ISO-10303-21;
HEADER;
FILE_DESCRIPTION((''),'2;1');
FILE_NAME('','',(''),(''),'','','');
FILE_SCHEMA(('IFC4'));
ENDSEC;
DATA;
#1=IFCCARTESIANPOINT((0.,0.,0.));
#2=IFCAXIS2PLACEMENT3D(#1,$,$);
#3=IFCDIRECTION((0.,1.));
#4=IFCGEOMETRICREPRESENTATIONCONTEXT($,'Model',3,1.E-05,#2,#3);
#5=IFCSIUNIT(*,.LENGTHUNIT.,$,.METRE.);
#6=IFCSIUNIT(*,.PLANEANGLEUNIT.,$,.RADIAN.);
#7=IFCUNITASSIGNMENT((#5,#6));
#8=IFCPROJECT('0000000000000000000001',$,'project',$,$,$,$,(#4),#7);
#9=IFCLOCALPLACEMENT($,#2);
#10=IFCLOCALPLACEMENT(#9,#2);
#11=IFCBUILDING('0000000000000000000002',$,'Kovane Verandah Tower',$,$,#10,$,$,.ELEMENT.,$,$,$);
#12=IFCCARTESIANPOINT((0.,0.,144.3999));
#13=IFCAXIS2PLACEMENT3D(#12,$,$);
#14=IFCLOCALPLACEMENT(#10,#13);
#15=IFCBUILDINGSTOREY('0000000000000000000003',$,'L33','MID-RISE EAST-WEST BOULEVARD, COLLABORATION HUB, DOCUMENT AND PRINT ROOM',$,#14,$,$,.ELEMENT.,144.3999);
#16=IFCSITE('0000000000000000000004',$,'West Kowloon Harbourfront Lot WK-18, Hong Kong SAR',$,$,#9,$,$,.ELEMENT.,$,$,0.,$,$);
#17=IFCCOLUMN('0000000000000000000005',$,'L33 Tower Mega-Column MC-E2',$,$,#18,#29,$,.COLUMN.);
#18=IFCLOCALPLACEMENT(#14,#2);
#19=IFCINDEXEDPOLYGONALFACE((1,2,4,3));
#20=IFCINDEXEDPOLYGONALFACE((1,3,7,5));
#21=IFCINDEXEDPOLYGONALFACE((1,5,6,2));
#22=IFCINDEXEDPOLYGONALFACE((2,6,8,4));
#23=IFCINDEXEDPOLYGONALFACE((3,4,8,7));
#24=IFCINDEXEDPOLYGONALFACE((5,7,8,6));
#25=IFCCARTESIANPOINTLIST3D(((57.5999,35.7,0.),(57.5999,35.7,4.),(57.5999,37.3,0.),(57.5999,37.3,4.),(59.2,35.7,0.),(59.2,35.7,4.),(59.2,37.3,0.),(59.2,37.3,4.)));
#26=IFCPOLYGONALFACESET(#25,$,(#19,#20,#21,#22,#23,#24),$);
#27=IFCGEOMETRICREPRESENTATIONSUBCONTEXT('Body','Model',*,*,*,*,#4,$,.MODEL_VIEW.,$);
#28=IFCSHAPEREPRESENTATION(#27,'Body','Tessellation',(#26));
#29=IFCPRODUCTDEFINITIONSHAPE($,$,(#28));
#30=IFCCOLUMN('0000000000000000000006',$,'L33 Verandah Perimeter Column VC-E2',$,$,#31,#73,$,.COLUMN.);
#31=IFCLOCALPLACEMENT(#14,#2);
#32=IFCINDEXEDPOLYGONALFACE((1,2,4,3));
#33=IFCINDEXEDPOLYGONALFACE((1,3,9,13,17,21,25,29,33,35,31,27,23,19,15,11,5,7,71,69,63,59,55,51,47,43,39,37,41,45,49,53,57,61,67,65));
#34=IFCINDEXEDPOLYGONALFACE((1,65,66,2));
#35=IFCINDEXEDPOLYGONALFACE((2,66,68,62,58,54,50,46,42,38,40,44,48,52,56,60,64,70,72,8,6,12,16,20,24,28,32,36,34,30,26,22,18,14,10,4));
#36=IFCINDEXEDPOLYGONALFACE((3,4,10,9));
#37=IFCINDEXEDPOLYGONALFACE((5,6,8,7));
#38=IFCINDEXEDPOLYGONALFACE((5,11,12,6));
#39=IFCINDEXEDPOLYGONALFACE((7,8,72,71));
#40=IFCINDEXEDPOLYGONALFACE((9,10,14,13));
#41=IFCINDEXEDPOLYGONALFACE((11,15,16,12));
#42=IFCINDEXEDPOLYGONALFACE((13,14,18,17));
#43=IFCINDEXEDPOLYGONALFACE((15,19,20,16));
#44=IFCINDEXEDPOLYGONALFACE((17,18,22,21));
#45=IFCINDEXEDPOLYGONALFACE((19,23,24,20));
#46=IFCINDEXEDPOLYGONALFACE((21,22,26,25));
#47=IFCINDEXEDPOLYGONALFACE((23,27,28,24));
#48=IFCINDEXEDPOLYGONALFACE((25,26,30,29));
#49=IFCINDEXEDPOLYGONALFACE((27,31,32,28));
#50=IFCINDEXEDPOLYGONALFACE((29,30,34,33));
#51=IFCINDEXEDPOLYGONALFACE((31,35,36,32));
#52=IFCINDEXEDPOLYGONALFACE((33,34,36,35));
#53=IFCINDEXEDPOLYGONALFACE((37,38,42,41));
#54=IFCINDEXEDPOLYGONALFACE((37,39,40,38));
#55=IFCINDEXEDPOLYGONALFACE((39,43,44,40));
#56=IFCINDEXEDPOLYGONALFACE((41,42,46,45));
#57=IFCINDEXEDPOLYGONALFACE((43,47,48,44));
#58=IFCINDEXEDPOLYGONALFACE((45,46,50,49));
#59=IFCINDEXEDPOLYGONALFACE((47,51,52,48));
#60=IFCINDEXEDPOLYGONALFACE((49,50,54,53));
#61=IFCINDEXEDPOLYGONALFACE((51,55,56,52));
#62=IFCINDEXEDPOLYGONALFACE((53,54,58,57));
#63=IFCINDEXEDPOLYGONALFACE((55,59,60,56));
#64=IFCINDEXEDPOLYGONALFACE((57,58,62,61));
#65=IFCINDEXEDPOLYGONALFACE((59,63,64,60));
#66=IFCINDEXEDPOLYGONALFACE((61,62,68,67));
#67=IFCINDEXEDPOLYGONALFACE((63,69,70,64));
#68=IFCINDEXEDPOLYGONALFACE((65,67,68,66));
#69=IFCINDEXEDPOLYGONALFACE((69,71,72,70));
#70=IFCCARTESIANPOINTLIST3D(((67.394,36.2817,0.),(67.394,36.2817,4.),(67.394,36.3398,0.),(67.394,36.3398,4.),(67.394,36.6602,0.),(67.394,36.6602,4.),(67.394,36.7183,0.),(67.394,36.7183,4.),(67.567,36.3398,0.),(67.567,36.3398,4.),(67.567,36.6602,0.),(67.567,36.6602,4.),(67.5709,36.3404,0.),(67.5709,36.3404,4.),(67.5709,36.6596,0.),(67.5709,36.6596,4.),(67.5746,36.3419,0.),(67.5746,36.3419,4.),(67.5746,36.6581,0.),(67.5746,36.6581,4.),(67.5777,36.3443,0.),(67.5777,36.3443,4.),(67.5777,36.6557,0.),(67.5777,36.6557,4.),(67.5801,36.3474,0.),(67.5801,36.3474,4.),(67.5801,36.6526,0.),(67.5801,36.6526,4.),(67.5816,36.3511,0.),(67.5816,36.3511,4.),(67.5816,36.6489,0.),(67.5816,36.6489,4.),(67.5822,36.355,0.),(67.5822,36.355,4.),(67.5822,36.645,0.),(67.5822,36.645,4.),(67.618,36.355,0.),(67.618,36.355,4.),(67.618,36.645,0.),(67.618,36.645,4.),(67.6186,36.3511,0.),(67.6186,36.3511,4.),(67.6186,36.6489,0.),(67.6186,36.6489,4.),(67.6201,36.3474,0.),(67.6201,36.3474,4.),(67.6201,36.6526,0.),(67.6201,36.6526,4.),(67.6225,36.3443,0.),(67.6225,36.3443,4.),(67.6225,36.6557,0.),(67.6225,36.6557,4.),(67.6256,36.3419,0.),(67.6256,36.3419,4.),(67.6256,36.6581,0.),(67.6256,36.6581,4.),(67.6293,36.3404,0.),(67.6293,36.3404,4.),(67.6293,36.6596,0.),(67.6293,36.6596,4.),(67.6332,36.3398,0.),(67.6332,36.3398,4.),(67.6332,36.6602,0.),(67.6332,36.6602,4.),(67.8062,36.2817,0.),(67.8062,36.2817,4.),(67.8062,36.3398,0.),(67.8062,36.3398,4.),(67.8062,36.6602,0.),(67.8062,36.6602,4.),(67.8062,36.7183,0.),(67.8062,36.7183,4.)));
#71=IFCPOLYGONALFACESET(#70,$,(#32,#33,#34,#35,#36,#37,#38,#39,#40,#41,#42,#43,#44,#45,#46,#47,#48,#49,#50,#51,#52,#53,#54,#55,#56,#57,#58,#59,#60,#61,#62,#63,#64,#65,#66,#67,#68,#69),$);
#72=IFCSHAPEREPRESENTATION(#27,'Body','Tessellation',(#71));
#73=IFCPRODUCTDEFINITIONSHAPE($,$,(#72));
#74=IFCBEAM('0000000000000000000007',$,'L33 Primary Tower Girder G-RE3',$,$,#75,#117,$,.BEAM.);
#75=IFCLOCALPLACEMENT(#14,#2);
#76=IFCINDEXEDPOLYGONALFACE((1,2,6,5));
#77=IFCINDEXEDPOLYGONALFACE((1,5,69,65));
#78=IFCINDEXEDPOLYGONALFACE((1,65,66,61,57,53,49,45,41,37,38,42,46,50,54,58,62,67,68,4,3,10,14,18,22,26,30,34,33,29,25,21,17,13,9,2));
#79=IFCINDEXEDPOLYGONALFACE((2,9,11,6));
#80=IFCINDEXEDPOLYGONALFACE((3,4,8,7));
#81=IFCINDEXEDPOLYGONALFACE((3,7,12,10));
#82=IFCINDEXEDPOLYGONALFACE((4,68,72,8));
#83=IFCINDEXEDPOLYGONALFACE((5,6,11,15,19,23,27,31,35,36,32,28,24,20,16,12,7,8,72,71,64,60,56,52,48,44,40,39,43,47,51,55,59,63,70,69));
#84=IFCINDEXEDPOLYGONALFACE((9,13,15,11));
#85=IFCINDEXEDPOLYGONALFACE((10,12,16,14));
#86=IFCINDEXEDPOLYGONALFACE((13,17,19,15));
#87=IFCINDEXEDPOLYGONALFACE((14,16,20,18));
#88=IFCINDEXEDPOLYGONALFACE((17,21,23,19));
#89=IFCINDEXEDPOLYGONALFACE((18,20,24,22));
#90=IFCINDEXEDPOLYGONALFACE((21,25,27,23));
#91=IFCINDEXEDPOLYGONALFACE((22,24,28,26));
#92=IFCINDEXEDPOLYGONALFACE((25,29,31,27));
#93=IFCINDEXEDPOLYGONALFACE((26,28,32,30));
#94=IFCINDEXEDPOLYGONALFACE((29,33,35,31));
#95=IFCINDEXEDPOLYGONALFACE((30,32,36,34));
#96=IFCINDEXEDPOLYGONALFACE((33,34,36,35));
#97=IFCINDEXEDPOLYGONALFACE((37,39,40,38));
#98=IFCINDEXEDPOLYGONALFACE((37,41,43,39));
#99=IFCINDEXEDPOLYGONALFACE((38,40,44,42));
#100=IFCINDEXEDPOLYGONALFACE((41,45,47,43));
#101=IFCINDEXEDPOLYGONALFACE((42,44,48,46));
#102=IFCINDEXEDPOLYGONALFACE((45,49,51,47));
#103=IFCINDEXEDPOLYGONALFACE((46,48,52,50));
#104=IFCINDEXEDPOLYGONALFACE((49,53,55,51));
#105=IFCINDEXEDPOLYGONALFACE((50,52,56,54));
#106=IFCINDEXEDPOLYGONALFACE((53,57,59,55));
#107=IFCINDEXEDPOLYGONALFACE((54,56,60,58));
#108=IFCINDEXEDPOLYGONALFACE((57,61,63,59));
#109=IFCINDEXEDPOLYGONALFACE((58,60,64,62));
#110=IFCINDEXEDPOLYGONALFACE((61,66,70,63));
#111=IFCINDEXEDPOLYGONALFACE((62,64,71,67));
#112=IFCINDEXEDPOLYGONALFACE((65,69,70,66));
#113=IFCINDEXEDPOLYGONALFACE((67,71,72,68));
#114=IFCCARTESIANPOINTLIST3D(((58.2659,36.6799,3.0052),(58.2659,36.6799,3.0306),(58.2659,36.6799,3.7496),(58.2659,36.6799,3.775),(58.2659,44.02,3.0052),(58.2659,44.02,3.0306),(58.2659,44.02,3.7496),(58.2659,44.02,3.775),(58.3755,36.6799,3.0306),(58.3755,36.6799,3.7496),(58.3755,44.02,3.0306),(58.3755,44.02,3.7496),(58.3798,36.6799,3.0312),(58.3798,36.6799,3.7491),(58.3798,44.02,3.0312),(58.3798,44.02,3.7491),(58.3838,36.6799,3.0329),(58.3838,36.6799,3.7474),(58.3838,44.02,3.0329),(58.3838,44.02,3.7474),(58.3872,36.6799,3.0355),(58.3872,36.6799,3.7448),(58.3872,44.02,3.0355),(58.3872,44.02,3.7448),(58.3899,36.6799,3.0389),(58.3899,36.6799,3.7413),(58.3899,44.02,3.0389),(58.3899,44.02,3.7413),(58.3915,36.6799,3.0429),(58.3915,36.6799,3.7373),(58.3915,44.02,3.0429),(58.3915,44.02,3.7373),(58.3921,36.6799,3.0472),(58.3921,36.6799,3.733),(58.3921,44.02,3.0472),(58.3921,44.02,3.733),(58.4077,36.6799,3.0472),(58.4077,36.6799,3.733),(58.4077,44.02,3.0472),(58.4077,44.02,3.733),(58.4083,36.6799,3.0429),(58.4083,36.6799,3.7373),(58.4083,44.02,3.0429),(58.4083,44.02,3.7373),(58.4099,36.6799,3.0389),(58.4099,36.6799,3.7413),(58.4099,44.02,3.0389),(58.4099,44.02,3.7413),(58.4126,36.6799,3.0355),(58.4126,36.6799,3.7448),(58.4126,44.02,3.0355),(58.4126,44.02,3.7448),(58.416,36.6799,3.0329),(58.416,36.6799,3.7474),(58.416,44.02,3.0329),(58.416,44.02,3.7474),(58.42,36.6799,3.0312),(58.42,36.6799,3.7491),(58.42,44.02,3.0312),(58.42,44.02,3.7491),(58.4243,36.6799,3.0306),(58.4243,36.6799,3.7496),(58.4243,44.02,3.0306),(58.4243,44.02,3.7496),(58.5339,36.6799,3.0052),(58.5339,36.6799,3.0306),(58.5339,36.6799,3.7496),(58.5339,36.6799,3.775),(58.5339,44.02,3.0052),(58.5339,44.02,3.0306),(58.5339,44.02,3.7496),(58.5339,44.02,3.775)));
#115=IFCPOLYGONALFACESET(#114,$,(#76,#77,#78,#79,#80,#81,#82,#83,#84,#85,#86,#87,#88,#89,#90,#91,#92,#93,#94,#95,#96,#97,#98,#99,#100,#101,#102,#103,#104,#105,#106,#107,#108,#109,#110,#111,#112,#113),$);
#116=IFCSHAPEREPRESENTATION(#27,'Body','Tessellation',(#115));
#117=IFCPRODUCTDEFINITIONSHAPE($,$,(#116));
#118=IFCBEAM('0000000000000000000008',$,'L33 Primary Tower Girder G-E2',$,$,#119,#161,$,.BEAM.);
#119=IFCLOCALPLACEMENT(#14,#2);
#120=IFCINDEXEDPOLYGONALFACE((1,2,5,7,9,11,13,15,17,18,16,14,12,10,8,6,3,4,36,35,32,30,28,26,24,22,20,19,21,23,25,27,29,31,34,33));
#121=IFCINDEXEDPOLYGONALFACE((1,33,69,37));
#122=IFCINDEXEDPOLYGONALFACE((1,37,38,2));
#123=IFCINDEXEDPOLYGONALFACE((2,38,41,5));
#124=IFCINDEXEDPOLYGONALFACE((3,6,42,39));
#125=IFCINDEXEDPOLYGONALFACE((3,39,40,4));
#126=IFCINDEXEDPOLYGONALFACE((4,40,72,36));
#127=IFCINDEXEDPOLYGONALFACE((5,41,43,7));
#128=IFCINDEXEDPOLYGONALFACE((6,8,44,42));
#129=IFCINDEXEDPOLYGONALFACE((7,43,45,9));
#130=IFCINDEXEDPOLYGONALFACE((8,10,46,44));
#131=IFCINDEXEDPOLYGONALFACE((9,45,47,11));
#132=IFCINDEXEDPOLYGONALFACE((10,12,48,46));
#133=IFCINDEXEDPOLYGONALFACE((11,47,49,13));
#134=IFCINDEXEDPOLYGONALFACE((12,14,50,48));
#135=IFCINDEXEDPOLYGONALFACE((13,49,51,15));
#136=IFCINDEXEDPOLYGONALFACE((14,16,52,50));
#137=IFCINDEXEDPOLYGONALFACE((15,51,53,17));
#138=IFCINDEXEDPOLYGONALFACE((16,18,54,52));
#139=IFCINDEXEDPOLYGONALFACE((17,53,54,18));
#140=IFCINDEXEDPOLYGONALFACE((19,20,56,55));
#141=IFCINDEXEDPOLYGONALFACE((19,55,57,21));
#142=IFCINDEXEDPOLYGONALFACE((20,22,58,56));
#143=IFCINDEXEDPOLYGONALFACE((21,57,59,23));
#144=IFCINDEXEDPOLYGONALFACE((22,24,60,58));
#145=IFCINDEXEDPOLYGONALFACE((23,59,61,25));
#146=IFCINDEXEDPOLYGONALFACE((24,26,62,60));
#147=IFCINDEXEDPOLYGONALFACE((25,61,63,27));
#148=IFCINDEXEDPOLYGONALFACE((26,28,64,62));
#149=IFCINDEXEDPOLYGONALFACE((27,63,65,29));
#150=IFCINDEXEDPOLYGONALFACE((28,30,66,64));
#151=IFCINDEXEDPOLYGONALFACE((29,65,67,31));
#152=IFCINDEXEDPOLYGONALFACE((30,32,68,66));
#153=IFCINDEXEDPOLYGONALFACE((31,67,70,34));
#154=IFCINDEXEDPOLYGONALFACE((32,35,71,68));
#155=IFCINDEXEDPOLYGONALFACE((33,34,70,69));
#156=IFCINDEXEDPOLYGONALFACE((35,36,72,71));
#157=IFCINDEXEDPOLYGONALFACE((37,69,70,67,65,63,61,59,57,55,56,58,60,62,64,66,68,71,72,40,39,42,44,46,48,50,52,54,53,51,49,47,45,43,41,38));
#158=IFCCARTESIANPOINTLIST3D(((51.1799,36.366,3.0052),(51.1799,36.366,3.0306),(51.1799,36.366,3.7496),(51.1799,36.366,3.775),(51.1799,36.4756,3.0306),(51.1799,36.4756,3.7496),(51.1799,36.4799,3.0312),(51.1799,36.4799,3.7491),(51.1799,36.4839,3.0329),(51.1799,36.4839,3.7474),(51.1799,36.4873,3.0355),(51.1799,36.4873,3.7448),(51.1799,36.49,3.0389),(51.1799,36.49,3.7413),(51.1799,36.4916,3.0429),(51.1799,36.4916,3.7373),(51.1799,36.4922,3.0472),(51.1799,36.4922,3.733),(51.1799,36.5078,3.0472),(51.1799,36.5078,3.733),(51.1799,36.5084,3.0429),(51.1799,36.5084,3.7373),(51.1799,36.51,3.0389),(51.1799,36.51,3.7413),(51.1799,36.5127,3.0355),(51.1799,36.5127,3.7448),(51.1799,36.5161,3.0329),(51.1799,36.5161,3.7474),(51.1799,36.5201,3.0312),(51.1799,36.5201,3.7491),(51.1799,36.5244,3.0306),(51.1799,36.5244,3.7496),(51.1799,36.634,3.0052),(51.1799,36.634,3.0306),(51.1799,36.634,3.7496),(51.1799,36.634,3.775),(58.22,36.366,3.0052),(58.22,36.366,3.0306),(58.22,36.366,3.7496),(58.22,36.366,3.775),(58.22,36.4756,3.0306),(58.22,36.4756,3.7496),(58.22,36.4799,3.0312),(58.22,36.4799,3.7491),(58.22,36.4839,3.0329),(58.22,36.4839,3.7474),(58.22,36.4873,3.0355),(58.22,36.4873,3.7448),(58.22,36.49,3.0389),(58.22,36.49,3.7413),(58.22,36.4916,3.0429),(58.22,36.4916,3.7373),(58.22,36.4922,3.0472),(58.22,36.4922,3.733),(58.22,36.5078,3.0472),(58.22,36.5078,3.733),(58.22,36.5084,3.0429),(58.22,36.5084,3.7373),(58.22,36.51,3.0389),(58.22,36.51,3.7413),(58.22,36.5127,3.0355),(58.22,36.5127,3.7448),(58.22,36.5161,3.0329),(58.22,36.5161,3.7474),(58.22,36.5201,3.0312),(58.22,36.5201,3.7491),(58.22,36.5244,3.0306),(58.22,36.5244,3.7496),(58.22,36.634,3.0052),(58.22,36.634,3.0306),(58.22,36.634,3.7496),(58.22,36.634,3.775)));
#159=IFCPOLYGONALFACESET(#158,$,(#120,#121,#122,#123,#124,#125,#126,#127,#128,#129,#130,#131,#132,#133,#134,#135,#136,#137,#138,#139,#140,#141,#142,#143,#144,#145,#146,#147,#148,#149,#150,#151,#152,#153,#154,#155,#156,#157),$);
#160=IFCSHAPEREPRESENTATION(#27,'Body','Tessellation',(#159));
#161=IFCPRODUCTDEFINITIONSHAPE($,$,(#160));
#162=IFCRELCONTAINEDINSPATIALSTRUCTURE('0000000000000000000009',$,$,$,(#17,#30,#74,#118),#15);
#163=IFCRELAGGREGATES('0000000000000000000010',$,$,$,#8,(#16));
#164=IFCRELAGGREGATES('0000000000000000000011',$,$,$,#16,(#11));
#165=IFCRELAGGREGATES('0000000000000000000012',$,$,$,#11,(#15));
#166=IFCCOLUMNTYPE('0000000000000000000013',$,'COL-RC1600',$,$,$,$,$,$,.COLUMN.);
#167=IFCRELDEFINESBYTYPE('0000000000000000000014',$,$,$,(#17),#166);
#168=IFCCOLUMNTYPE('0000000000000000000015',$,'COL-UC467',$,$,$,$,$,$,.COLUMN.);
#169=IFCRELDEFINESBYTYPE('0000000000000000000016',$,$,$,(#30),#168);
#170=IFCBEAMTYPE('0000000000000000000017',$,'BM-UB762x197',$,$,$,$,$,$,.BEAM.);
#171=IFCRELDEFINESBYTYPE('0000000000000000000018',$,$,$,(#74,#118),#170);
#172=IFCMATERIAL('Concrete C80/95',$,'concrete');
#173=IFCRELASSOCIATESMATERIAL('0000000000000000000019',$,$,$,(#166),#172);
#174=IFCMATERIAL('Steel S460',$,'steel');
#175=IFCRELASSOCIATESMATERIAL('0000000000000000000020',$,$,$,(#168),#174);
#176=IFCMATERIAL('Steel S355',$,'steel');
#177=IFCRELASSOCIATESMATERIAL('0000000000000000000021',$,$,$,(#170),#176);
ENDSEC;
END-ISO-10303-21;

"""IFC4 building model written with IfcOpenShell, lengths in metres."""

from ifc_helpers import new_model, si_unit, direction, frame, origin, origin_2d, place, context, subcontext, project, spatial, rectangle, i_section, extrude, material, material_profile, profile_set, type_object, element, save


model = new_model("IFC4")

# Units and contexts
model_context = context("Model", 3, precision=1e-05, world=origin(), true_north=direction((0.0, 1.0)))
body_context = subcontext(model_context, "Body", "Model", "MODEL_VIEW")
ifc_project = project(units=[si_unit("LENGTHUNIT", "METRE"), si_unit("PLANEANGLEUNIT", "RADIAN")], contexts=[model_context])

# Site, building, storey
site_placement = place(None, origin())
site = spatial("IfcSite", under=ifc_project, at=site_placement, Name="West Kowloon Harbourfront Lot WK-18, Hong Kong SAR", CompositionType="ELEMENT", RefElevation=0.0)
building_placement = place(site_placement, origin())
building = spatial("IfcBuilding", under=site, at=building_placement, Name="Kovane Verandah Tower", CompositionType="ELEMENT")
storey_placement = place(building_placement, frame((0.0, 0.0, 144.3999)))
storey = spatial("IfcBuildingStorey", under=building, at=storey_placement, Name="L33", Description="MID-RISE EAST-WEST BOULEVARD, COLLABORATION HUB, DOCUMENT AND PRINT ROOM", CompositionType="ELEMENT", Elevation=144.3999)

# Columns
ifc_material_1 = material(Name="Concrete C80/95", Category="concrete")
ifc_material_profile_1 = material_profile(ifc_material_1, rectangle(XDim=1.6001, YDim=1.6001, at=origin_2d()), Name="RC1600x1600")
ifc_profile_set_1 = profile_set([ifc_material_profile_1], Name="Concrete C80/95")
column_type_1 = type_object("IfcColumnType", Name="COL-RC1600", PredefinedType="COLUMN", material=ifc_profile_set_1)
column_1_placement = place(storey_placement, frame((58.3999, 36.5, 0.0), z_axis=(0.0, 0.0, 1.0), x_axis=(1.0, 0.0, 0.0)))
element("IfcColumn", 1, at=column_1_placement, inside=storey, type_object=column_type_1, Name="L33 Tower Mega-Column MC-E2", PredefinedType="COLUMN", context=body_context, shape_type="SweptSolid", body=[
    extrude(rectangle(XDim=1.6001, YDim=1.6001, at=origin_2d()), origin(), (0.0, 0.0, 1.0), 4.0),
])
ifc_material_2 = material(Name="Steel S460", Category="steel")
ifc_material_profile_2 = material_profile(ifc_material_2, i_section(OverallWidth=0.4121, OverallDepth=0.4365, WebThickness=0.0359, FlangeThickness=0.0581, FilletRadius=0.0151, at=origin_2d()), Name="UC356x406x467")
ifc_profile_set_2 = profile_set([ifc_material_profile_2], Name="Steel S460")
column_type_2 = type_object("IfcColumnType", Name="COL-UC467", PredefinedType="COLUMN", material=ifc_profile_set_2)
column_2_placement = place(storey_placement, frame((67.6001, 36.5, 0.0), z_axis=(0.0, 0.0, 1.0), x_axis=(1.0, 0.0, 0.0)))
element("IfcColumn", 2, at=column_2_placement, inside=storey, type_object=column_type_2, Name="L33 Verandah Perimeter Column VC-E2", PredefinedType="COLUMN", context=body_context, shape_type="SweptSolid", body=[
    extrude(i_section(OverallWidth=0.4121, OverallDepth=0.4365, WebThickness=0.0359, FlangeThickness=0.0581, FilletRadius=0.0151, at=origin_2d()), origin(), (0.0, 0.0, 1.0), 4.0),
])

# Beams
ifc_material_3 = material(Name="Steel S355", Category="steel")
ifc_material_profile_3 = material_profile(ifc_material_3, i_section(OverallWidth=0.2681, OverallDepth=0.7698, WebThickness=0.0156, FlangeThickness=0.0254, FilletRadius=0.0166, at=origin_2d()), Name="UB762x267x197")
ifc_profile_set_3 = profile_set([ifc_material_profile_3], Name="Steel S355")
beam_type_1 = type_object("IfcBeamType", Name="BM-UB762x197", PredefinedType="BEAM", material=ifc_profile_set_3)
beam_1_placement = place(storey_placement, frame((58.3999, 36.6799, 3.3901), z_axis=(0.0, 1.0, 0.0), x_axis=(-1.0, 0.0, 0.0)))
element("IfcBeam", 3, at=beam_1_placement, inside=storey, type_object=beam_type_1, Name="L33 Primary Tower Girder G-RE3", PredefinedType="BEAM", context=body_context, shape_type="SweptSolid", body=[
    extrude(i_section(OverallWidth=0.2681, OverallDepth=0.7698, WebThickness=0.0156, FlangeThickness=0.0254, FilletRadius=0.0166, at=origin_2d()), origin(), (0.0, 0.0, 1.0), 7.3401),
])
beam_2_placement = place(storey_placement, frame((51.1799, 36.5, 3.3901), z_axis=(1.0, 0.0, 0.0), x_axis=(0.0, 1.0, 0.0)))
element("IfcBeam", 4, at=beam_2_placement, inside=storey, type_object=beam_type_1, Name="L33 Primary Tower Girder G-E2", PredefinedType="BEAM", context=body_context, shape_type="SweptSolid", body=[
    extrude(i_section(OverallWidth=0.2681, OverallDepth=0.7698, WebThickness=0.0156, FlangeThickness=0.0254, FilletRadius=0.0166, at=origin_2d()), origin(), (0.0, 0.0, 1.0), 7.04),
])

save(model, "model.ifc")
